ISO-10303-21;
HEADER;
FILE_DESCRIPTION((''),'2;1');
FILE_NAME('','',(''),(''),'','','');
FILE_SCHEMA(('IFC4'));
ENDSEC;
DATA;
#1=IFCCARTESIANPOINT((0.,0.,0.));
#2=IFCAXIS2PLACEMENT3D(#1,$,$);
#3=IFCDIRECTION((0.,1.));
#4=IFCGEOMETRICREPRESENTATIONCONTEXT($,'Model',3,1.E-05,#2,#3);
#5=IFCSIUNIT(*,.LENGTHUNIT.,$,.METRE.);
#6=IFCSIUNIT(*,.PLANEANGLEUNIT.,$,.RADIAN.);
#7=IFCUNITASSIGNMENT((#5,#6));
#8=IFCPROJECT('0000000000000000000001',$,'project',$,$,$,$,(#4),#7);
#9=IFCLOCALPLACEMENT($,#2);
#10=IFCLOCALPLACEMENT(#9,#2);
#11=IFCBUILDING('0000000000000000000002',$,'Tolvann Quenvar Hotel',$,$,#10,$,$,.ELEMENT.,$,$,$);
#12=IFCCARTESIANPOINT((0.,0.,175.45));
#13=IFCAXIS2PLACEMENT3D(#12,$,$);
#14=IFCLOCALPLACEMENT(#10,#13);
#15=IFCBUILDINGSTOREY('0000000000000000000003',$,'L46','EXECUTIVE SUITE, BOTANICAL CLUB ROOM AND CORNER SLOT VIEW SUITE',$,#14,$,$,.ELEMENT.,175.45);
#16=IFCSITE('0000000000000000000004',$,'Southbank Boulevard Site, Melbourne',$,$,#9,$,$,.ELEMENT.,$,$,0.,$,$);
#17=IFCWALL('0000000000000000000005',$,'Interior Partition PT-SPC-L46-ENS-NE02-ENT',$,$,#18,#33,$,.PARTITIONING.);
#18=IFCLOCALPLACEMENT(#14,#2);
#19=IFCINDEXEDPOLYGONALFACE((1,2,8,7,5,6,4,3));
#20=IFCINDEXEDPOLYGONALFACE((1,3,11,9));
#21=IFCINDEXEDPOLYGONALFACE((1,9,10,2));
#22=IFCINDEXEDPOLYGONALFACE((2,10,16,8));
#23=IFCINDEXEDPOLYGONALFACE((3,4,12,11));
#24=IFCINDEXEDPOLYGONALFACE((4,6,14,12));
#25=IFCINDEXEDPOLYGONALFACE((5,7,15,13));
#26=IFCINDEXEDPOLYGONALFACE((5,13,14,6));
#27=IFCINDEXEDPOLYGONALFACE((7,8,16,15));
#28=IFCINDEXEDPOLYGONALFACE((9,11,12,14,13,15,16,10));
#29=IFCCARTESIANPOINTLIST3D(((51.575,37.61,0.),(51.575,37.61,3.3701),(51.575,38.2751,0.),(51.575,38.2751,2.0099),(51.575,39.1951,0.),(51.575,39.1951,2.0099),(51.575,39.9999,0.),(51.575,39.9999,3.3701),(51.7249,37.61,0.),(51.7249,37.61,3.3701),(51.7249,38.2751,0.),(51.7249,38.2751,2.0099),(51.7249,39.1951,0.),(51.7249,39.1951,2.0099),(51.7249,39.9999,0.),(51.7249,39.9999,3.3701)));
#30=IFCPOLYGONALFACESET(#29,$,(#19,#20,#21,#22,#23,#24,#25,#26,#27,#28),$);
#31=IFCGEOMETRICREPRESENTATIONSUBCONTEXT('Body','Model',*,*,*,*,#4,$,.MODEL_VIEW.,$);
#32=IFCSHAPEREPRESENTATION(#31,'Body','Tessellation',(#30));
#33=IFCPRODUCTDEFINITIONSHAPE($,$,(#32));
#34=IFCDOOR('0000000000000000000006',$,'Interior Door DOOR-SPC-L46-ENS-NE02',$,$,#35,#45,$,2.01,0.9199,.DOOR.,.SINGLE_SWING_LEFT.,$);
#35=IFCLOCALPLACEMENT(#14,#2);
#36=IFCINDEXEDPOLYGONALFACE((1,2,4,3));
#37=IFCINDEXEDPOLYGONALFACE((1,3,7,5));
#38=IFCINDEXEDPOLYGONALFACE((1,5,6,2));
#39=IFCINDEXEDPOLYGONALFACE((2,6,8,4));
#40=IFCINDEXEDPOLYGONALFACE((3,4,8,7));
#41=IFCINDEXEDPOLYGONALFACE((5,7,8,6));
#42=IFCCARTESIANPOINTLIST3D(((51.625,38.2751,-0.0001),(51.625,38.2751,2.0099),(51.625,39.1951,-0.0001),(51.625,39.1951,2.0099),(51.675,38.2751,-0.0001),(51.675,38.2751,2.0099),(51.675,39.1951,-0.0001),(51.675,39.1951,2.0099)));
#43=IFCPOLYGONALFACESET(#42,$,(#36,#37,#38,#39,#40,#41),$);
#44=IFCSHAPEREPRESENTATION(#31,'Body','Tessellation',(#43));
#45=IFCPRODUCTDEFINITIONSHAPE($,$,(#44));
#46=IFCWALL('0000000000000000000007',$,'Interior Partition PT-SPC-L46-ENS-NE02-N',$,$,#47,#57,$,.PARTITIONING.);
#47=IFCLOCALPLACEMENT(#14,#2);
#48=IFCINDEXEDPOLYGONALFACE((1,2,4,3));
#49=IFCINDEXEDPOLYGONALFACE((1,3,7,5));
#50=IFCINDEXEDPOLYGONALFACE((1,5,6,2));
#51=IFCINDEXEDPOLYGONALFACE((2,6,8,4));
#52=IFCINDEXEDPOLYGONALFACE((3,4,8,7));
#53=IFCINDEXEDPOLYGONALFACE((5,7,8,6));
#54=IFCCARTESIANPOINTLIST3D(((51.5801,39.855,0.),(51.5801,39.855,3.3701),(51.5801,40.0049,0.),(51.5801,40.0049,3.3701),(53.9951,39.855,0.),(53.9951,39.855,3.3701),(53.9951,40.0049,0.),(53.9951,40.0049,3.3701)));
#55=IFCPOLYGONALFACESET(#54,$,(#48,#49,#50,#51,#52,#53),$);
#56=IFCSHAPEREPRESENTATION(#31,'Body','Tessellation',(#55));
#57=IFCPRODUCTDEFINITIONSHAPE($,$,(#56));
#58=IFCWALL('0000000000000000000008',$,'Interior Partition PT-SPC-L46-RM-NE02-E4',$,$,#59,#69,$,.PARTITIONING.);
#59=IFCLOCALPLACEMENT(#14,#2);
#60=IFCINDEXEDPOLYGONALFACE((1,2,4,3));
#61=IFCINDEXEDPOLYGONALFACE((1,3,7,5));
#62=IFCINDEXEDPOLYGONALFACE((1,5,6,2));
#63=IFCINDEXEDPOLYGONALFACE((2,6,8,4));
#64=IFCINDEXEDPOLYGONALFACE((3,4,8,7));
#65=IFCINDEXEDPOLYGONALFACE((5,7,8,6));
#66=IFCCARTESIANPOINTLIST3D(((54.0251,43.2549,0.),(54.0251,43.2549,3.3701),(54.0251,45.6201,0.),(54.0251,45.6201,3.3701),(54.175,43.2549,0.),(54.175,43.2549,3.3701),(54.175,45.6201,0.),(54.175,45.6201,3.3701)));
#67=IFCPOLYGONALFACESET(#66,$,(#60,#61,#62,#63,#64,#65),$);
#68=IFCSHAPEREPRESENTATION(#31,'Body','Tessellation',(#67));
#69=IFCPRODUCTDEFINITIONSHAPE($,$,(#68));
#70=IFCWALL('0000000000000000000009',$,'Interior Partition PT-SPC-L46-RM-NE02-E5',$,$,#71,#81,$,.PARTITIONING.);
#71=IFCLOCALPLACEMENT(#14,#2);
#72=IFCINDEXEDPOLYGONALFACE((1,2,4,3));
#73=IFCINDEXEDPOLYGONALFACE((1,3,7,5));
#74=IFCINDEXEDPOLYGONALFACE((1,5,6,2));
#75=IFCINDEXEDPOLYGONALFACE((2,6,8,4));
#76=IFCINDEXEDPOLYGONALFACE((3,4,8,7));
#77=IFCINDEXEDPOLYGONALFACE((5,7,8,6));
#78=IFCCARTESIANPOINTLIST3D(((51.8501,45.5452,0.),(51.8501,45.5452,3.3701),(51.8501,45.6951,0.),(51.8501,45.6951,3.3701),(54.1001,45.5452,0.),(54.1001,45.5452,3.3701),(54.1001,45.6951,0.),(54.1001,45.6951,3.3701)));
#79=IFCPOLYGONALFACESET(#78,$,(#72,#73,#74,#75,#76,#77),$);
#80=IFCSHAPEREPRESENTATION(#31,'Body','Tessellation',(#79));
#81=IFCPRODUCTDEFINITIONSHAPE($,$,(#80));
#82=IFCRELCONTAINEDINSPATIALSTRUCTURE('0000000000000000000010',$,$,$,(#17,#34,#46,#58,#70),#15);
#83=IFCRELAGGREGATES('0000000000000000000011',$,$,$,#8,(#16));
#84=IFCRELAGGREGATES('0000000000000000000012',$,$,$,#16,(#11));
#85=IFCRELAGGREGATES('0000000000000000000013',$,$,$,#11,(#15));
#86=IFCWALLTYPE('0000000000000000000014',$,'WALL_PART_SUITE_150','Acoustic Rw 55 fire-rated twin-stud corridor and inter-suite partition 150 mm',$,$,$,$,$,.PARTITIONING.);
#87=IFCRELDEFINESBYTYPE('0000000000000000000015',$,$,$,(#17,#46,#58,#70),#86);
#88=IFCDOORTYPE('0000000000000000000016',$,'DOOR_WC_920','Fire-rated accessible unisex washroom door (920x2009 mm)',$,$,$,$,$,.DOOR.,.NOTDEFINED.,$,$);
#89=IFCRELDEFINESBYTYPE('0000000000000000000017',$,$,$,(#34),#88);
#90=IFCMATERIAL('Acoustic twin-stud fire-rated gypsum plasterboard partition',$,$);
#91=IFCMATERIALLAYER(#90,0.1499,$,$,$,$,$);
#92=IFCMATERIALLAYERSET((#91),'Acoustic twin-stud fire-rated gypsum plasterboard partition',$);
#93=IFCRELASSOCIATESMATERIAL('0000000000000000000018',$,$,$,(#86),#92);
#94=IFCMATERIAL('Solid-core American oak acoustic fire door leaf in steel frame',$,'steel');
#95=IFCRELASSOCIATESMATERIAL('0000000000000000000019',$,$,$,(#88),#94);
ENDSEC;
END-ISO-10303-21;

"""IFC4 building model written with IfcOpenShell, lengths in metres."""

from ifc_helpers import new_model, si_unit, direction, frame, frame_2d, origin, place, context, subcontext, project, spatial, rectangle, extrude, source, transform, mapped, material, layer, layer_set, type_object, type_shapes, element, fill, save


model = new_model("IFC4")

# Units and contexts
model_context = context("Model", 3, precision=1e-05, world=origin(), true_north=direction((0.0, 1.0)))
body_context = subcontext(model_context, "Body", "Model", "MODEL_VIEW")
ifc_project = project(units=[si_unit("LENGTHUNIT", "METRE"), si_unit("PLANEANGLEUNIT", "RADIAN")], contexts=[model_context])

# Site, building, storey
site_placement = place(None, origin())
site = spatial("IfcSite", under=ifc_project, at=site_placement, Name="Southbank Boulevard Site, Melbourne", CompositionType="ELEMENT", RefElevation=0.0)
building_placement = place(site_placement, origin())
building = spatial("IfcBuilding", under=site, at=building_placement, Name="Tolvann Quenvar Hotel", CompositionType="ELEMENT")
storey_placement = place(building_placement, frame((0.0, 0.0, 175.45)))
storey = spatial("IfcBuildingStorey", under=building, at=storey_placement, Name="L46", Description="EXECUTIVE SUITE, BOTANICAL CLUB ROOM AND CORNER SLOT VIEW SUITE", CompositionType="ELEMENT", Elevation=175.45)

# Wall, opening, door
ifc_material_1 = material(Name="Acoustic twin-stud fire-rated gypsum plasterboard partition")
ifc_layer_1 = layer(ifc_material_1, 0.1499)
ifc_layer_set_1 = layer_set([ifc_layer_1], Name="Acoustic twin-stud fire-rated gypsum plasterboard partition")
wall_type_1 = type_object("IfcWallType", Name="WALL_PART_SUITE_150", Description="Acoustic Rw 55 fire-rated twin-stud corridor and inter-suite partition 150 mm", PredefinedType="PARTITIONING", material=ifc_layer_set_1)
ifc_material_2 = material(Name="Solid-core American oak acoustic fire door leaf in steel frame", Category="steel")
door_type = type_object("IfcDoorType", Name="DOOR_WC_920", Description="Fire-rated accessible unisex washroom door (920x2009 mm)", OperationType="NOTDEFINED", PredefinedType="DOOR", material=ifc_material_2)
shared_shape_1 = source(origin(), body_context, "Body", "SweptSolid", [
    extrude(rectangle(XDim=0.9199, YDim=2.01, at=frame_2d((0.46, 1.0049))), frame((0.0, 0.0249, 0.0), z_axis=(0.0, -1.0, 0.0), x_axis=(1.0, 0.0, 0.0)), (0.0, 0.0, 1.0), 0.05),
])
type_shapes(door_type, [shared_shape_1])
wall_1_placement = place(storey_placement, frame((51.6499, 37.6101, 0.0), z_axis=(0.0, 0.0, 1.0), x_axis=(0.0, 1.0, 0.0)))
wall_1 = element("IfcWall", 1, at=wall_1_placement, inside=storey, type_object=wall_type_1, Name="Interior Partition PT-SPC-L46-ENS-NE02-ENT", PredefinedType="PARTITIONING", context=body_context, shape_type="SweptSolid", body=[
    extrude(rectangle(XDim=2.3899, YDim=0.1499, at=frame_2d((1.1948, 0.0))), origin(), (0.0, 0.0, 1.0), 3.3701),
])
opening_1_placement = place(wall_1_placement, frame((0.665, 0.0, 0.0)))
opening_1 = element("IfcOpeningElement", 2, at=opening_1_placement, cuts=wall_1, PredefinedType="OPENING", context=body_context, shape_type="SweptSolid", body=[
    extrude(rectangle(XDim=0.9199, YDim=2.01, at=frame_2d((0.46, 1.0049))), frame((0.0, 0.085, 0.0), z_axis=(0.0, -1.0, 0.0), x_axis=(1.0, 0.0, 0.0)), (0.0, 0.0, 1.0), 0.1699),
])
door_1_placement = place(opening_1_placement, origin())
door_1 = element("IfcDoor", 3, at=door_1_placement, inside=storey, type_object=door_type, Name="Interior Door DOOR-SPC-L46-ENS-NE02", OperationType="SINGLE_SWING_LEFT", OverallHeight=2.01, OverallWidth=0.9199, PredefinedType="DOOR", context=body_context, shape_type="MappedRepresentation", body=[
    mapped(shared_shape_1, transform((0.0, 0.0, 0.0), x_axis=(1.0, 0.0, 0.0), y_axis=(0.0, 1.0, 0.0), z_axis=(0.0, 0.0, 1.0), scale=1.0)),
])
fill(opening_1, door_1)

# Walls
wall_2_placement = place(storey_placement, frame((51.5801, 39.9299, 0.0), z_axis=(0.0, 0.0, 1.0), x_axis=(1.0, 0.0, 0.0)))
element("IfcWall", 4, at=wall_2_placement, inside=storey, type_object=wall_type_1, Name="Interior Partition PT-SPC-L46-ENS-NE02-N", PredefinedType="PARTITIONING", context=body_context, shape_type="SweptSolid", body=[
    extrude(rectangle(XDim=2.415, YDim=0.1499, at=frame_2d((1.2075, 0.0))), origin(), (0.0, 0.0, 1.0), 3.3701),
])
wall_3_placement = place(storey_placement, frame((54.1001, 43.2549, 0.0), z_axis=(0.0, 0.0, 1.0), x_axis=(0.0, 1.0, 0.0)))
element("IfcWall", 5, at=wall_3_placement, inside=storey, type_object=wall_type_1, Name="Interior Partition PT-SPC-L46-RM-NE02-E4", PredefinedType="PARTITIONING", context=body_context, shape_type="SweptSolid", body=[
    extrude(rectangle(XDim=2.3652, YDim=0.1499, at=frame_2d((1.1826, 0.0))), origin(), (0.0, 0.0, 1.0), 3.3701),
])
wall_4_placement = place(storey_placement, frame((51.8501, 45.6201, 0.0), z_axis=(0.0, 0.0, 1.0), x_axis=(1.0, 0.0, 0.0)))
element("IfcWall", 6, at=wall_4_placement, inside=storey, type_object=wall_type_1, Name="Interior Partition PT-SPC-L46-RM-NE02-E5", PredefinedType="PARTITIONING", context=body_context, shape_type="SweptSolid", body=[
    extrude(rectangle(XDim=2.25, YDim=0.1499, at=frame_2d((1.125, 0.0))), origin(), (0.0, 0.0, 1.0), 3.3701),
])

save(model, "model.ifc")
